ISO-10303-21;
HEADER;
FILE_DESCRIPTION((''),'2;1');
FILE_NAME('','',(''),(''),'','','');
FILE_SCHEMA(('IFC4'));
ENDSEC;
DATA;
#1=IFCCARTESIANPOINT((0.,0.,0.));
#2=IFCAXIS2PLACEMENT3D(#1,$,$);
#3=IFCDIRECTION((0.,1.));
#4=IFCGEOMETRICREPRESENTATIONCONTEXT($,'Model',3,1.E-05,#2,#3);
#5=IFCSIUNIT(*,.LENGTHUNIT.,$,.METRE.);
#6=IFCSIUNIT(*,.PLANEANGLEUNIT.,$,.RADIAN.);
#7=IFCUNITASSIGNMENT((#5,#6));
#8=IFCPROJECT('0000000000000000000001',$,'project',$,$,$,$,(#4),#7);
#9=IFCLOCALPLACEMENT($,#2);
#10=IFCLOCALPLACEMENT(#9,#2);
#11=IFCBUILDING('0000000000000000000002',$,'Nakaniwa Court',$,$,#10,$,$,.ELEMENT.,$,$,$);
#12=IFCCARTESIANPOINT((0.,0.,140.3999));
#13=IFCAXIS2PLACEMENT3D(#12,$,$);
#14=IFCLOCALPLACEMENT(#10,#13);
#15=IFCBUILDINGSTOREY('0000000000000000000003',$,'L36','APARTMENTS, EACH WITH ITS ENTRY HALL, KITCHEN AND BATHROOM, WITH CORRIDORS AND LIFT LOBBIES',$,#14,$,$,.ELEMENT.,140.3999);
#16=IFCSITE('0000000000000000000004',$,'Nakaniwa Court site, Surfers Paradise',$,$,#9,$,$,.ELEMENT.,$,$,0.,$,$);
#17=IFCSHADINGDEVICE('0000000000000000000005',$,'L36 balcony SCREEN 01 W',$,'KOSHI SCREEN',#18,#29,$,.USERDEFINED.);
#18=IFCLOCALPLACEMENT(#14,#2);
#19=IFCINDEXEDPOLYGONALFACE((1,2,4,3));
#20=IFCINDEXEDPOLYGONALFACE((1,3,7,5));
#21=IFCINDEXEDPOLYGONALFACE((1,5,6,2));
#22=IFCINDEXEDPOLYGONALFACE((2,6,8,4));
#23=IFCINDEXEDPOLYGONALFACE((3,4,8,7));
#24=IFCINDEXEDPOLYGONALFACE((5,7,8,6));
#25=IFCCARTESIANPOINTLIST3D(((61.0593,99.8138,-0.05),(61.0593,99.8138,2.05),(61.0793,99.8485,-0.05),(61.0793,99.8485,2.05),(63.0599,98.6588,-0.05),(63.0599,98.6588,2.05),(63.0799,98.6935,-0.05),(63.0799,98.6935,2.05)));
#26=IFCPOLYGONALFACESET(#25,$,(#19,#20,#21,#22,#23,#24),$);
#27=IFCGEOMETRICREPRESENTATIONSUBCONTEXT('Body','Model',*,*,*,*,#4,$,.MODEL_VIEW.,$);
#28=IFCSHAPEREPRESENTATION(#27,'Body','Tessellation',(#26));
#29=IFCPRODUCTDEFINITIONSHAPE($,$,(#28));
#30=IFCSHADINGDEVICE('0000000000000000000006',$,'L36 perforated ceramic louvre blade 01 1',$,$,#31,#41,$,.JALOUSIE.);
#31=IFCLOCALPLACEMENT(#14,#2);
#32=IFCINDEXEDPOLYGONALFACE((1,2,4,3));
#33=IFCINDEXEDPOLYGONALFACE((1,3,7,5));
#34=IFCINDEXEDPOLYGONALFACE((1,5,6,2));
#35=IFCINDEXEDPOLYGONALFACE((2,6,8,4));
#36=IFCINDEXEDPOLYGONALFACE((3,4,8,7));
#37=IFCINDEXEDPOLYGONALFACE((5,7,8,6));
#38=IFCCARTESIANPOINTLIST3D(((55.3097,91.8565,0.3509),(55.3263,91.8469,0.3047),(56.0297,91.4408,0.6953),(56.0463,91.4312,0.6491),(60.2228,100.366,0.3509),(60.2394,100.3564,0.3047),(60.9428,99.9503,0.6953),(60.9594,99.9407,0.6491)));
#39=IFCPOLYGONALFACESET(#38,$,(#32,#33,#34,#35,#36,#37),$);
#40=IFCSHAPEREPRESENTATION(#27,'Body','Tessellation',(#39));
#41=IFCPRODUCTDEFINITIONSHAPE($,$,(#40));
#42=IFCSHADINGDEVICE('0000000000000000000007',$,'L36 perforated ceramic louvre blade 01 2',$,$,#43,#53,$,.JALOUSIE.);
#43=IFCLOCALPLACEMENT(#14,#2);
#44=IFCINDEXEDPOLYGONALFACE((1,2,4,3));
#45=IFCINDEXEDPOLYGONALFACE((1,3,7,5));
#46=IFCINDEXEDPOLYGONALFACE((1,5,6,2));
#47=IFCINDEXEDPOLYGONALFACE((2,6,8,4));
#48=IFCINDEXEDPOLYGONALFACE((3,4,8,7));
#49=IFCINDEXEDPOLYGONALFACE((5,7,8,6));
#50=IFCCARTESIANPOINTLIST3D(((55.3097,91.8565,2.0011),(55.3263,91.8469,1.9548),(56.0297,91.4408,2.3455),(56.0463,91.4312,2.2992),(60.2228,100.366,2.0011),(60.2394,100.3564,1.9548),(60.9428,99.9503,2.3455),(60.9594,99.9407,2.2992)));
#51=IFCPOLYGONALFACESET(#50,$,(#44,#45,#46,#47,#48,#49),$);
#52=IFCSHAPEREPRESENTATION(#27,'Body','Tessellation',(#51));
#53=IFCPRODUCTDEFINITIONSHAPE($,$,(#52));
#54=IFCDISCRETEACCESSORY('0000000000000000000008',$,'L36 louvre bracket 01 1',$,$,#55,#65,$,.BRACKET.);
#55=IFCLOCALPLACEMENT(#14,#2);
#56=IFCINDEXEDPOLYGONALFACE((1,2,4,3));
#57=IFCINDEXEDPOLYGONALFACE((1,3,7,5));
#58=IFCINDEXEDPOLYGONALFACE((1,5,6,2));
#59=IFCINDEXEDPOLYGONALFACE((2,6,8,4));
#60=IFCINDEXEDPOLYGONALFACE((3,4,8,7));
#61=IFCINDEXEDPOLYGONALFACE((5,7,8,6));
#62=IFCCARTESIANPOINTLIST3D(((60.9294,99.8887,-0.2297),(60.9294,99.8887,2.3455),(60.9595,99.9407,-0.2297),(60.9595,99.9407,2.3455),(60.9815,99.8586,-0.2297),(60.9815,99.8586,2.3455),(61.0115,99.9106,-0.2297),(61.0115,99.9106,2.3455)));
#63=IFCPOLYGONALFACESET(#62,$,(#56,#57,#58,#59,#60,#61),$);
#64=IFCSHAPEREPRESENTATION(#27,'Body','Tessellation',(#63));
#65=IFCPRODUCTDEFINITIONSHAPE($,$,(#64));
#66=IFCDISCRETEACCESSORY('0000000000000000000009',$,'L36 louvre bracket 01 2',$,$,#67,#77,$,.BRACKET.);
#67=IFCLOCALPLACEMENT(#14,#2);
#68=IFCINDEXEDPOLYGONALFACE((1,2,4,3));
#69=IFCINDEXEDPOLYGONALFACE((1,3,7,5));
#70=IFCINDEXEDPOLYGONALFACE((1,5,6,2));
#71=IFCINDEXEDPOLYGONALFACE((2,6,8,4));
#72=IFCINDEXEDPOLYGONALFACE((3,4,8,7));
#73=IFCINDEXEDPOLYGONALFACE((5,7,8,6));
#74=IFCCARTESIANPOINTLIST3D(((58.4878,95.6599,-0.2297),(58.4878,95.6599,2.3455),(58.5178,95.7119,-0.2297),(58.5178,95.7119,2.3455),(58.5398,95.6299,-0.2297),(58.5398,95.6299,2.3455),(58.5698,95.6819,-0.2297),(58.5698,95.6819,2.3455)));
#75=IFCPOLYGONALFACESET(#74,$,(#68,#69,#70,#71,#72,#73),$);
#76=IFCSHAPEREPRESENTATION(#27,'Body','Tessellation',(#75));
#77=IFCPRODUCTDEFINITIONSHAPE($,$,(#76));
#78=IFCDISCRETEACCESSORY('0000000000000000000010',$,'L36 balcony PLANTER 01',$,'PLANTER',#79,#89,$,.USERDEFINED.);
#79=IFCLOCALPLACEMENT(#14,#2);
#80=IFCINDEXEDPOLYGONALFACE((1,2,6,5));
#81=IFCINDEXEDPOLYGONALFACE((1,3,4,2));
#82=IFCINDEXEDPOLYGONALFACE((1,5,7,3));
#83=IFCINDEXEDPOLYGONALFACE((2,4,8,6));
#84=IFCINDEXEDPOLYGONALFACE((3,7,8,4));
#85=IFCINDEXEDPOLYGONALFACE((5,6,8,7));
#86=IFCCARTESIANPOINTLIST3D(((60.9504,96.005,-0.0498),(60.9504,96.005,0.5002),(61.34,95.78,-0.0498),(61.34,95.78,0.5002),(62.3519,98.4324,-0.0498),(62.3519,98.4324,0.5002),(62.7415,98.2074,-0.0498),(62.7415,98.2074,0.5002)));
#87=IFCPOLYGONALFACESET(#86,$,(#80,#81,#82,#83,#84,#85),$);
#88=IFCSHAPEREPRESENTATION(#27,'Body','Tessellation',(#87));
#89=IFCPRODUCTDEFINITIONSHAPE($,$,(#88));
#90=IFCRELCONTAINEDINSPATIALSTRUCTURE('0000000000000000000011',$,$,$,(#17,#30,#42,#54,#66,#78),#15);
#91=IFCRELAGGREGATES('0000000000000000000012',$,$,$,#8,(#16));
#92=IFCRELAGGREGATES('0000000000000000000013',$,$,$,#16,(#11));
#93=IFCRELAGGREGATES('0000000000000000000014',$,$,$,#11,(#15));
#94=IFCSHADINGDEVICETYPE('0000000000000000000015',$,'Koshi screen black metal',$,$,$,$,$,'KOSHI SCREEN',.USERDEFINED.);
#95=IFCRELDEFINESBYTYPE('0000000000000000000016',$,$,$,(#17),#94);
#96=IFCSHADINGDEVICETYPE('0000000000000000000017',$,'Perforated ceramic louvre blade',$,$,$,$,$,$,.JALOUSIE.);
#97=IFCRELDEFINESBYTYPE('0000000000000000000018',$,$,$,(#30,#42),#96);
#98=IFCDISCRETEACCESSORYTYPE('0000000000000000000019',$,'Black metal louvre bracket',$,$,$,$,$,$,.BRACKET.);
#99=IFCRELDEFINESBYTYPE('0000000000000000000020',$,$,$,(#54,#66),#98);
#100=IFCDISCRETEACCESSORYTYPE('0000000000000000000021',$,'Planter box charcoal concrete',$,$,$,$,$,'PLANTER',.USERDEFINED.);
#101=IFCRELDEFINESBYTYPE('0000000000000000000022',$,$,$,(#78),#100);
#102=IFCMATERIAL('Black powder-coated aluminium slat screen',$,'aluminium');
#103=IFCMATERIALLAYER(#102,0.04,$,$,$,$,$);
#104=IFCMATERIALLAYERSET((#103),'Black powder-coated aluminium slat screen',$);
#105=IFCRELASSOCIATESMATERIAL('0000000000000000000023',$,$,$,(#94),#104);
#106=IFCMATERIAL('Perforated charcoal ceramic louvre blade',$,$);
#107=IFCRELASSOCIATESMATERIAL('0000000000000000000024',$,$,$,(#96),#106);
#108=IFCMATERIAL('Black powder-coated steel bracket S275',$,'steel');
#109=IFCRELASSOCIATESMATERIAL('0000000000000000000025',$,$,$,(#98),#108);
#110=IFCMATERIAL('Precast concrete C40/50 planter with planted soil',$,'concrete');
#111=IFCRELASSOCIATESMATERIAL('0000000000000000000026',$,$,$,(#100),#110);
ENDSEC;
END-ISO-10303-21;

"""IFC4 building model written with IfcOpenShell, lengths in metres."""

from ifc_helpers import new_model, si_unit, direction, frame, origin, origin_2d, place, context, subcontext, project, spatial, rectangle, extrude, material, layer, layer_set, material_profile, profile_set, type_object, element, save


model = new_model("IFC4")

# Units and contexts
model_context = context("Model", 3, precision=1e-05, world=origin(), true_north=direction((0.0, 1.0)))
body_context = subcontext(model_context, "Body", "Model", "MODEL_VIEW")
ifc_project = project(units=[si_unit("LENGTHUNIT", "METRE"), si_unit("PLANEANGLEUNIT", "RADIAN")], contexts=[model_context])

# Site, building, storey
site_placement = place(None, origin())
site = spatial("IfcSite", under=ifc_project, at=site_placement, Name="Nakaniwa Court site, Surfers Paradise", CompositionType="ELEMENT", RefElevation=0.0)
building_placement = place(site_placement, origin())
building = spatial("IfcBuilding", under=site, at=building_placement, Name="Nakaniwa Court", CompositionType="ELEMENT")
storey_placement = place(building_placement, frame((0.0, 0.0, 140.3999)))
storey = spatial("IfcBuildingStorey", under=building, at=storey_placement, Name="L36", Description="APARTMENTS, EACH WITH ITS ENTRY HALL, KITCHEN AND BATHROOM, WITH CORRIDORS AND LIFT LOBBIES", CompositionType="ELEMENT", Elevation=140.3999)

# Shading devices
ifc_material_1 = material(Name="Black powder-coated aluminium slat screen", Category="aluminium")
ifc_layer_1 = layer(ifc_material_1, 0.04)
ifc_layer_set_1 = layer_set([ifc_layer_1], Name="Black powder-coated aluminium slat screen")
shading_device_type_1 = type_object("IfcShadingDeviceType", Name="Koshi screen black metal", ElementType="KOSHI SCREEN", PredefinedType="USERDEFINED", material=ifc_layer_set_1)
shading_device_placement = place(storey_placement, frame((62.0696, 99.2537, -0.05), z_axis=(0.0, 0.0, 1.0), x_axis=(-0.500005, -0.866023, 0.0)))
element("IfcShadingDevice", 1, at=shading_device_placement, inside=storey, type_object=shading_device_type_1, Name="L36 balcony SCREEN 01 W", ObjectType="KOSHI SCREEN", PredefinedType="USERDEFINED", context=body_context, shape_type="SweptSolid", body=[
    extrude(rectangle(XDim=0.04, YDim=2.3101, at=origin_2d()), origin(), (0.0, 0.0, 1.0), 2.1001),
])
ifc_material_2 = material(Name="Perforated charcoal ceramic louvre blade")
ifc_material_profile_1 = material_profile(ifc_material_2, rectangle(XDim=0.8999, YDim=0.05, at=origin_2d()), Name="Perforated ceramic louvre blade")
ifc_profile_set_1 = profile_set([ifc_material_profile_1], Name="Perforated charcoal ceramic louvre blade")
shading_device_type_2 = type_object("IfcShadingDeviceType", Name="Perforated ceramic louvre blade", PredefinedType="JALOUSIE", material=ifc_profile_set_1)
for number, where, z_axis, x_axis, name in (
    (2, (60.5911, 100.1533, 0.5), (-0.500009, -0.86602, 0.0), (0.800099, -0.461948, 0.382683), "L36 perforated ceramic louvre blade 01 1"),
    (3, (60.5911, 100.1533, 2.1501), (-0.500009, -0.86602, 0.0), (0.800099, -0.461948, 0.382683), "L36 perforated ceramic louvre blade 01 2"),
):
    element("IfcShadingDevice", number, at=place(storey_placement, frame(where, z_axis=z_axis, x_axis=x_axis)), inside=storey, type_object=shading_device_type_2, Name=name, PredefinedType="JALOUSIE", context=body_context, shape_type="SweptSolid", body=[
        extrude(rectangle(XDim=0.8999, YDim=0.05, at=origin_2d()), origin(), (0.0, 0.0, 1.0), 9.8259),
    ])

# Discrete accessories
ifc_material_3 = material(Name="Black powder-coated steel bracket S275", Category="steel")
discrete_accessory_type_1 = type_object("IfcDiscreteAccessoryType", Name="Black metal louvre bracket", PredefinedType="BRACKET", material=ifc_material_3)
for number, where, z_axis, x_axis, name in (
    (4, (60.9705, 99.8997, -0.2297), (0.0, 0.0, 1.0), (-0.500005, -0.866023, 0.0), "L36 louvre bracket 01 1"),
    (5, (58.5288, 95.6709, -0.2297), (0.0, 0.0, 1.0), (-0.500005, -0.866023, 0.0), "L36 louvre bracket 01 2"),
):
    element("IfcDiscreteAccessory", number, at=place(storey_placement, frame(where, z_axis=z_axis, x_axis=x_axis)), inside=storey, type_object=discrete_accessory_type_1, Name=name, PredefinedType="BRACKET", context=body_context, shape_type="SweptSolid", body=[
        extrude(rectangle(XDim=0.0601, YDim=0.0601, at=origin_2d()), origin(), (0.0, 0.0, 1.0), 2.5752),
    ])
ifc_material_4 = material(Name="Precast concrete C40/50 planter with planted soil", Category="concrete")
discrete_accessory_type_2 = type_object("IfcDiscreteAccessoryType", Name="Planter box charcoal concrete", ElementType="PLANTER", PredefinedType="USERDEFINED", material=ifc_material_4)
discrete_accessory_placement = place(storey_placement, frame((61.8459, 97.1062, -0.0498), z_axis=(0.0, 0.0, 1.0), x_axis=(-0.500005, -0.866023, 0.0)))
element("IfcDiscreteAccessory", 6, at=discrete_accessory_placement, inside=storey, type_object=discrete_accessory_type_2, Name="L36 balcony PLANTER 01", ObjectType="PLANTER", PredefinedType="USERDEFINED", context=body_context, shape_type="SweptSolid", body=[
    extrude(rectangle(XDim=2.803, YDim=0.45, at=origin_2d()), origin(), (0.0, 0.0, 1.0), 0.55),
])

save(model, "model.ifc")
